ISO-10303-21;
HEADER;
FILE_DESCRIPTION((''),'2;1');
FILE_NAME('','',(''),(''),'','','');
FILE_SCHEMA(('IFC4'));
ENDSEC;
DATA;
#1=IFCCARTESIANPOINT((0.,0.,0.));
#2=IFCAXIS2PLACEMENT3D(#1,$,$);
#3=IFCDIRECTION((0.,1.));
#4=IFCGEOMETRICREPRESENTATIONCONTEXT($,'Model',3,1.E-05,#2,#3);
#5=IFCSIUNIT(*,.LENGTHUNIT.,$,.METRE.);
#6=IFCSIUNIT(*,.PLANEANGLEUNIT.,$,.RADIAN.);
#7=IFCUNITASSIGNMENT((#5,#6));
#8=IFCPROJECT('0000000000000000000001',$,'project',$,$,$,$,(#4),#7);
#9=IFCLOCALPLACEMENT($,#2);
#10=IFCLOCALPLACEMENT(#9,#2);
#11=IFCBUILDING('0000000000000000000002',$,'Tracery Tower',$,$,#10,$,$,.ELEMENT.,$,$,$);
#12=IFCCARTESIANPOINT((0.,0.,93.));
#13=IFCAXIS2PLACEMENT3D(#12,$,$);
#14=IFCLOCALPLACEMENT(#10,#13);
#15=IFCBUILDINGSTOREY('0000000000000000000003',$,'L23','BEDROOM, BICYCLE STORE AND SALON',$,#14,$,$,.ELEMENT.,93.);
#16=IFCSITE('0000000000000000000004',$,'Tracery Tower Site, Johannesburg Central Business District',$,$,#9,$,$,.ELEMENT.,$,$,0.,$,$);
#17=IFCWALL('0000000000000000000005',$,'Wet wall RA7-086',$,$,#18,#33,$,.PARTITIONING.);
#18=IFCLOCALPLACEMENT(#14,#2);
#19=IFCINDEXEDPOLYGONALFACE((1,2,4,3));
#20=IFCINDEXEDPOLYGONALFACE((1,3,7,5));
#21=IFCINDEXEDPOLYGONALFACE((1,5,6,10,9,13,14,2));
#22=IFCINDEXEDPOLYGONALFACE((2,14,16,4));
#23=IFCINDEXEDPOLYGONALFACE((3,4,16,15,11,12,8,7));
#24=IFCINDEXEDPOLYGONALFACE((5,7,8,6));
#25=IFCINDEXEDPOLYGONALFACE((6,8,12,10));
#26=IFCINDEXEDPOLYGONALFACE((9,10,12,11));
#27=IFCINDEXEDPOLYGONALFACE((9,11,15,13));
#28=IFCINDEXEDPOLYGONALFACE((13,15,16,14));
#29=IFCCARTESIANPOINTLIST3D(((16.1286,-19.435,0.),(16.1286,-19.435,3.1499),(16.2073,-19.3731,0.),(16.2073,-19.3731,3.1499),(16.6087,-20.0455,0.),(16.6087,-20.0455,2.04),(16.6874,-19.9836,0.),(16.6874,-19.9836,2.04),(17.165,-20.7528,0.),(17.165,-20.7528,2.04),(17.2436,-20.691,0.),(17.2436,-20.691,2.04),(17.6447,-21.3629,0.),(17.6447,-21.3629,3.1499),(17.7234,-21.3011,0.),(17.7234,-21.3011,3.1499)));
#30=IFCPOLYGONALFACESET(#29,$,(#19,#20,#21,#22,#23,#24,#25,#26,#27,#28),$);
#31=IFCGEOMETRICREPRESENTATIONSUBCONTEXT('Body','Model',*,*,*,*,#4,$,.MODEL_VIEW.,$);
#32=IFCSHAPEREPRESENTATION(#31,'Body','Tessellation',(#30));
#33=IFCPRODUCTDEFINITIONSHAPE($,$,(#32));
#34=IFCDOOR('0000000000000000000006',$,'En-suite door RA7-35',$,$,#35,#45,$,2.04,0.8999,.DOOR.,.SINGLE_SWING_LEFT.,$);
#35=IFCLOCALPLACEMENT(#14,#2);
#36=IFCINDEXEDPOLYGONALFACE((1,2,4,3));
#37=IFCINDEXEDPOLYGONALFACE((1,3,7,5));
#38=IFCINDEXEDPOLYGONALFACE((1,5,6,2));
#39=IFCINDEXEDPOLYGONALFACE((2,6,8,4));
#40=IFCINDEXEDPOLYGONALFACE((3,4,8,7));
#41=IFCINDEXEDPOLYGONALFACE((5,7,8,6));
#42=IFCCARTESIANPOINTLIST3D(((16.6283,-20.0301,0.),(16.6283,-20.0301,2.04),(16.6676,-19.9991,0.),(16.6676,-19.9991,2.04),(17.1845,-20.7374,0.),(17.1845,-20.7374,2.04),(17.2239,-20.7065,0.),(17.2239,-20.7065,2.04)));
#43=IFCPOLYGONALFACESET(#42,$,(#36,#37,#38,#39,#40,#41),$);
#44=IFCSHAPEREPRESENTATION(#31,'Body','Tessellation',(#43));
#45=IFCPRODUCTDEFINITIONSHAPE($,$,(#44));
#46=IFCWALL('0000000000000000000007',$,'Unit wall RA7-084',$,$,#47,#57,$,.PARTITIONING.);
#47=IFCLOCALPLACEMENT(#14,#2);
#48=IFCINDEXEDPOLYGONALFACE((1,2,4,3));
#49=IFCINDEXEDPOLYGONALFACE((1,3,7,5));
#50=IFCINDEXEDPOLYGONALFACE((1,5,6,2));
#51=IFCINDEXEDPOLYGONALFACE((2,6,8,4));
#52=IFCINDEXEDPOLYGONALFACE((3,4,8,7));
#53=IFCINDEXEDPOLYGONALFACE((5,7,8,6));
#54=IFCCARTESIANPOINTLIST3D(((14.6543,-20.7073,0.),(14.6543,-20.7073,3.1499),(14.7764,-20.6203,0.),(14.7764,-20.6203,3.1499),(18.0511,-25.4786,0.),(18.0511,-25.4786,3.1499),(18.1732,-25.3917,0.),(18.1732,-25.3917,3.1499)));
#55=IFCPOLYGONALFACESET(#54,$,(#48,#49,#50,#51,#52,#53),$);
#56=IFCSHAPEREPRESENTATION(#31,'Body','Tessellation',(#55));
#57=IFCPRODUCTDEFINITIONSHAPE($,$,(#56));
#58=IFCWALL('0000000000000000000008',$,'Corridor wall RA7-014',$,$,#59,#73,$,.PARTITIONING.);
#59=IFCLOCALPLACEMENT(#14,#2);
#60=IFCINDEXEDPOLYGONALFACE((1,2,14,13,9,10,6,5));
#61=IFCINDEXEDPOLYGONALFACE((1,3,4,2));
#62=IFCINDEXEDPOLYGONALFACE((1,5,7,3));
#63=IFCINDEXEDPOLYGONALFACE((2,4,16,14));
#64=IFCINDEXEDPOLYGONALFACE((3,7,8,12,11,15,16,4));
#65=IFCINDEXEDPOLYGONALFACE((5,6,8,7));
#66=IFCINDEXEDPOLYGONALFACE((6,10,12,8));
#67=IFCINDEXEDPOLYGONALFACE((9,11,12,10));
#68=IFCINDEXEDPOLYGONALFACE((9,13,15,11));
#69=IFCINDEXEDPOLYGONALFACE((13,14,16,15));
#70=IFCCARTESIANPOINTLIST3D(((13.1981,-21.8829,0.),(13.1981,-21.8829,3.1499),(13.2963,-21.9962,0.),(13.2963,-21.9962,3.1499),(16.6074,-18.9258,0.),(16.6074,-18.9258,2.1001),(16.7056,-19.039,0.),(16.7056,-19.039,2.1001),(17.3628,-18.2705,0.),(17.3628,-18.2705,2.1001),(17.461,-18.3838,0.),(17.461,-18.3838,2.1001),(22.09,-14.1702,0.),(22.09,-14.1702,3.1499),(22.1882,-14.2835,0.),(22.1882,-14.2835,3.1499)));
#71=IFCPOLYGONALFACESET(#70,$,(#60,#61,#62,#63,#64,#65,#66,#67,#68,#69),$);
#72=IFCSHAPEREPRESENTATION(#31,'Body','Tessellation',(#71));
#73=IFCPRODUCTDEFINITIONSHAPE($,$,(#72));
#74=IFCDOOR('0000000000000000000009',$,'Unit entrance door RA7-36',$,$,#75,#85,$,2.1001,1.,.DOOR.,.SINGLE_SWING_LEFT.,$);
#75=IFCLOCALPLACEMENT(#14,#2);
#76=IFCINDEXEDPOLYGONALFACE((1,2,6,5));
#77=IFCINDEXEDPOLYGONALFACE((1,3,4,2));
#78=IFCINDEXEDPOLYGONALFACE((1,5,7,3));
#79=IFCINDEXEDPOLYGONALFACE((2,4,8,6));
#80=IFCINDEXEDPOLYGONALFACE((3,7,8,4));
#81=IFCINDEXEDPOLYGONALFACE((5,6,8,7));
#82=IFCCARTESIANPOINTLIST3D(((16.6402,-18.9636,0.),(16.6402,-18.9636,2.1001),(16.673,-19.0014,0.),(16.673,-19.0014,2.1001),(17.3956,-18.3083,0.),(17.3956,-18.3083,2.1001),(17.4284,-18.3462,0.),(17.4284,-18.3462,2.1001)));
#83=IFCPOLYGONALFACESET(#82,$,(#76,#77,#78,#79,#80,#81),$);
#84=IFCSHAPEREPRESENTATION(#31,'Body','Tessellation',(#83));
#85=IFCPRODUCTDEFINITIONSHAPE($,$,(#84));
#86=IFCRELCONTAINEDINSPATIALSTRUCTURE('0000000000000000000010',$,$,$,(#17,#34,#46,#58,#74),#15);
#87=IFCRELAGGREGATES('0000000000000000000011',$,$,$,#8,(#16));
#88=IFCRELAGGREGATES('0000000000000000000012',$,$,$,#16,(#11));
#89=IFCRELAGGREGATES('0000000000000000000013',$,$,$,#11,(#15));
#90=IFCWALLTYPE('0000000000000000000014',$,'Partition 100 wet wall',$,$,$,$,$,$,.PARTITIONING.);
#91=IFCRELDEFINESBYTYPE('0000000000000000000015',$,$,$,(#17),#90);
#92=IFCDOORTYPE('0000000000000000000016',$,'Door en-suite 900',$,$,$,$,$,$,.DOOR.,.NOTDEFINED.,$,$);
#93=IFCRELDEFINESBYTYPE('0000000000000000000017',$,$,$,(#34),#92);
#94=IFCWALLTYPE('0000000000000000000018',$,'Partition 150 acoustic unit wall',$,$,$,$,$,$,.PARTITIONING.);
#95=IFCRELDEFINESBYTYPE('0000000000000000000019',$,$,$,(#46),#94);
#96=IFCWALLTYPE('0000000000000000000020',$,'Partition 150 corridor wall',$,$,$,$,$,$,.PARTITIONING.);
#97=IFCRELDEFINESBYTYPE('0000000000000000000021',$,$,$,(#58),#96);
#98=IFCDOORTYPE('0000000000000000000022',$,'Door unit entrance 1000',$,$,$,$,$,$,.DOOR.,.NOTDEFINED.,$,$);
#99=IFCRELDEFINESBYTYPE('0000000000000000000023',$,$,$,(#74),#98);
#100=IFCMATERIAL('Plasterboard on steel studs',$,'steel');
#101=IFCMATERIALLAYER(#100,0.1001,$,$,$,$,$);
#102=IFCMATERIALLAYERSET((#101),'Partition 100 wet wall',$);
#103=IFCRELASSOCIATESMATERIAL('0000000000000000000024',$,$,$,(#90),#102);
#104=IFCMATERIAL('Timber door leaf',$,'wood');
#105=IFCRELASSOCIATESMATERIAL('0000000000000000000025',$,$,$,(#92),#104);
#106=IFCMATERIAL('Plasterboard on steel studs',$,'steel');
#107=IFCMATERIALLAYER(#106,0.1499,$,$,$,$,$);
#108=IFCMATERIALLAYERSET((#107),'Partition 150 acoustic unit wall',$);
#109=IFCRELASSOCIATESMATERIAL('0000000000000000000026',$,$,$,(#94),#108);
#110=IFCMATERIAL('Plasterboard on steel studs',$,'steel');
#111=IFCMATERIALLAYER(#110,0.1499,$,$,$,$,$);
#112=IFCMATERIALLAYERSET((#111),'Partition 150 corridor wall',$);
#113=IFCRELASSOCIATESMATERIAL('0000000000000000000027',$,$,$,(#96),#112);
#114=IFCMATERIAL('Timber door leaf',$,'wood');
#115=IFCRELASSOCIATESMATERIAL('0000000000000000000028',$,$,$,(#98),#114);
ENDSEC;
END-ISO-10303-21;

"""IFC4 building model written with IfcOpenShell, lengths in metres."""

from ifc_helpers import new_model, si_unit, direction, frame, frame_2d, origin, place, context, subcontext, project, spatial, rectangle, extrude, material, layer, layer_set, type_object, element, fill, save


model = new_model("IFC4")

# Units and contexts
model_context = context("Model", 3, precision=1e-05, world=origin(), true_north=direction((0.0, 1.0)))
body_context = subcontext(model_context, "Body", "Model", "MODEL_VIEW")
ifc_project = project(units=[si_unit("LENGTHUNIT", "METRE"), si_unit("PLANEANGLEUNIT", "RADIAN")], contexts=[model_context])

# Site, building, storey
site_placement = place(None, origin())
site = spatial("IfcSite", under=ifc_project, at=site_placement, Name="Tracery Tower Site, Johannesburg Central Business District", CompositionType="ELEMENT", RefElevation=0.0)
building_placement = place(site_placement, origin())
building = spatial("IfcBuilding", under=site, at=building_placement, Name="Tracery Tower", CompositionType="ELEMENT")
storey_placement = place(building_placement, frame((0.0, 0.0, 93.0)))
storey = spatial("IfcBuildingStorey", under=building, at=storey_placement, Name="L23", Description="BEDROOM, BICYCLE STORE AND SALON", CompositionType="ELEMENT", Elevation=93.0)

# Shared definitions
ifc_material_1 = material(Name="Plasterboard on steel studs", Category="steel")
ifc_layer_1 = layer(ifc_material_1, 0.1001)
ifc_layer_set_1 = layer_set([ifc_layer_1], Name="Partition 100 wet wall")
wall_type_1 = type_object("IfcWallType", Name="Partition 100 wet wall", PredefinedType="PARTITIONING", material=ifc_layer_set_1)
ifc_material_2 = material(Name="Timber door leaf", Category="wood")
door_type_1 = type_object("IfcDoorType", Name="Door en-suite 900", OperationType="NOTDEFINED", PredefinedType="DOOR", material=ifc_material_2)

# Wall, opening, door
wall_1_placement = place(storey_placement, frame((16.168, -19.4041, 0.0), z_axis=(0.0, 0.0, 1.0), x_axis=(0.618142, -0.786066, 0.0)))
wall_1 = element("IfcWall", 1, at=wall_1_placement, inside=storey, type_object=wall_type_1, Name="Wet wall RA7-086", PredefinedType="PARTITIONING", context=body_context, shape_type="SweptSolid", body=[
    extrude(rectangle(XDim=2.4526, YDim=0.1001, at=frame_2d((1.2263, 0.0))), origin(), (0.0, 0.0, 1.0), 3.1499),
])
opening_1_placement = place(wall_1_placement, frame((0.7766, 0.0, 0.0)))
opening_1 = element("IfcOpeningElement", 2, at=opening_1_placement, cuts=wall_1, PredefinedType="OPENING", context=body_context, shape_type="SweptSolid", body=[
    extrude(rectangle(XDim=0.8999, YDim=2.04, at=frame_2d((0.45, 1.02))), frame((0.0, 0.05, 0.0), z_axis=(0.0, -1.0, 0.0), x_axis=(1.0, 0.0, 0.0)), (0.0, 0.0, 1.0), 0.1001),
])
door_1_placement = place(opening_1_placement, origin())
door_1 = element("IfcDoor", 3, at=door_1_placement, inside=storey, type_object=door_type_1, Name="En-suite door RA7-35", OperationType="SINGLE_SWING_LEFT", OverallHeight=2.04, OverallWidth=0.8999, PredefinedType="DOOR", context=body_context, shape_type="SweptSolid", body=[
    extrude(rectangle(XDim=0.8999, YDim=2.04, at=frame_2d((0.45, 1.02))), frame((0.0, 0.0249, 0.0), z_axis=(0.0, -1.0, 0.0), x_axis=(1.0, 0.0, 0.0)), (0.0, 0.0, 1.0), 0.05),
])
fill(opening_1, door_1)

# Wall
ifc_material_3 = material(Name="Plasterboard on steel studs", Category="steel")
ifc_layer_2 = layer(ifc_material_3, 0.1499)
ifc_layer_set_2 = layer_set([ifc_layer_2], Name="Partition 150 acoustic unit wall")
wall_type_2 = type_object("IfcWallType", Name="Partition 150 acoustic unit wall", PredefinedType="PARTITIONING", material=ifc_layer_set_2)
wall_2_placement = place(storey_placement, frame((14.7153, -20.6638, 0.0), z_axis=(0.0, 0.0, 1.0), x_axis=(0.57996, -0.814645, 0.0)))
element("IfcWall", 4, at=wall_2_placement, inside=storey, type_object=wall_type_2, Name="Unit wall RA7-084", PredefinedType="PARTITIONING", context=body_context, shape_type="SweptSolid", body=[
    extrude(rectangle(XDim=5.8569, YDim=0.1499, at=frame_2d((2.9285, 0.0))), origin(), (0.0, 0.0, 1.0), 3.1499),
])

# Wall, opening, door
ifc_material_4 = material(Name="Plasterboard on steel studs", Category="steel")
ifc_layer_3 = layer(ifc_material_4, 0.1499)
ifc_layer_set_3 = layer_set([ifc_layer_3], Name="Partition 150 corridor wall")
wall_type_3 = type_object("IfcWallType", Name="Partition 150 corridor wall", PredefinedType="PARTITIONING", material=ifc_layer_set_3)
wall_3_placement = place(storey_placement, frame((13.2473, -21.9395, 0.0), z_axis=(0.0, 0.0, 1.0), x_axis=(0.755421, 0.65524, 0.0)))
wall_3 = element("IfcWall", 5, at=wall_3_placement, inside=storey, type_object=wall_type_3, Name="Corridor wall RA7-014", PredefinedType="PARTITIONING", context=body_context, shape_type="SweptSolid", body=[
    extrude(rectangle(XDim=11.7708, YDim=0.1499, at=frame_2d((5.8853, 0.0))), origin(), (0.0, 0.0, 1.0), 3.1499),
])
opening_2_placement = place(wall_3_placement, frame((4.5129, 0.0, 0.0)))
opening_2 = element("IfcOpeningElement", 6, at=opening_2_placement, cuts=wall_3, PredefinedType="OPENING", context=body_context, shape_type="SweptSolid", body=[
    extrude(rectangle(XDim=1.0, YDim=2.1001, at=frame_2d((0.5, 1.05))), frame((0.0, 0.075, 0.0), z_axis=(0.0, -1.0, 0.0), x_axis=(1.0, 0.0, 0.0)), (0.0, 0.0, 1.0), 0.1499),
])
ifc_material_5 = material(Name="Timber door leaf", Category="wood")
door_type_2 = type_object("IfcDoorType", Name="Door unit entrance 1000", OperationType="NOTDEFINED", PredefinedType="DOOR", material=ifc_material_5)
door_2_placement = place(opening_2_placement, origin())
door_2 = element("IfcDoor", 7, at=door_2_placement, inside=storey, type_object=door_type_2, Name="Unit entrance door RA7-36", OperationType="SINGLE_SWING_LEFT", OverallHeight=2.1001, OverallWidth=1.0, PredefinedType="DOOR", context=body_context, shape_type="SweptSolid", body=[
    extrude(rectangle(XDim=1.0, YDim=2.1001, at=frame_2d((0.5, 1.05))), frame((0.0, 0.0249, 0.0), z_axis=(0.0, -1.0, 0.0), x_axis=(1.0, 0.0, 0.0)), (0.0, 0.0, 1.0), 0.05),
])
fill(opening_2, door_2)

save(model, "model.ifc")
